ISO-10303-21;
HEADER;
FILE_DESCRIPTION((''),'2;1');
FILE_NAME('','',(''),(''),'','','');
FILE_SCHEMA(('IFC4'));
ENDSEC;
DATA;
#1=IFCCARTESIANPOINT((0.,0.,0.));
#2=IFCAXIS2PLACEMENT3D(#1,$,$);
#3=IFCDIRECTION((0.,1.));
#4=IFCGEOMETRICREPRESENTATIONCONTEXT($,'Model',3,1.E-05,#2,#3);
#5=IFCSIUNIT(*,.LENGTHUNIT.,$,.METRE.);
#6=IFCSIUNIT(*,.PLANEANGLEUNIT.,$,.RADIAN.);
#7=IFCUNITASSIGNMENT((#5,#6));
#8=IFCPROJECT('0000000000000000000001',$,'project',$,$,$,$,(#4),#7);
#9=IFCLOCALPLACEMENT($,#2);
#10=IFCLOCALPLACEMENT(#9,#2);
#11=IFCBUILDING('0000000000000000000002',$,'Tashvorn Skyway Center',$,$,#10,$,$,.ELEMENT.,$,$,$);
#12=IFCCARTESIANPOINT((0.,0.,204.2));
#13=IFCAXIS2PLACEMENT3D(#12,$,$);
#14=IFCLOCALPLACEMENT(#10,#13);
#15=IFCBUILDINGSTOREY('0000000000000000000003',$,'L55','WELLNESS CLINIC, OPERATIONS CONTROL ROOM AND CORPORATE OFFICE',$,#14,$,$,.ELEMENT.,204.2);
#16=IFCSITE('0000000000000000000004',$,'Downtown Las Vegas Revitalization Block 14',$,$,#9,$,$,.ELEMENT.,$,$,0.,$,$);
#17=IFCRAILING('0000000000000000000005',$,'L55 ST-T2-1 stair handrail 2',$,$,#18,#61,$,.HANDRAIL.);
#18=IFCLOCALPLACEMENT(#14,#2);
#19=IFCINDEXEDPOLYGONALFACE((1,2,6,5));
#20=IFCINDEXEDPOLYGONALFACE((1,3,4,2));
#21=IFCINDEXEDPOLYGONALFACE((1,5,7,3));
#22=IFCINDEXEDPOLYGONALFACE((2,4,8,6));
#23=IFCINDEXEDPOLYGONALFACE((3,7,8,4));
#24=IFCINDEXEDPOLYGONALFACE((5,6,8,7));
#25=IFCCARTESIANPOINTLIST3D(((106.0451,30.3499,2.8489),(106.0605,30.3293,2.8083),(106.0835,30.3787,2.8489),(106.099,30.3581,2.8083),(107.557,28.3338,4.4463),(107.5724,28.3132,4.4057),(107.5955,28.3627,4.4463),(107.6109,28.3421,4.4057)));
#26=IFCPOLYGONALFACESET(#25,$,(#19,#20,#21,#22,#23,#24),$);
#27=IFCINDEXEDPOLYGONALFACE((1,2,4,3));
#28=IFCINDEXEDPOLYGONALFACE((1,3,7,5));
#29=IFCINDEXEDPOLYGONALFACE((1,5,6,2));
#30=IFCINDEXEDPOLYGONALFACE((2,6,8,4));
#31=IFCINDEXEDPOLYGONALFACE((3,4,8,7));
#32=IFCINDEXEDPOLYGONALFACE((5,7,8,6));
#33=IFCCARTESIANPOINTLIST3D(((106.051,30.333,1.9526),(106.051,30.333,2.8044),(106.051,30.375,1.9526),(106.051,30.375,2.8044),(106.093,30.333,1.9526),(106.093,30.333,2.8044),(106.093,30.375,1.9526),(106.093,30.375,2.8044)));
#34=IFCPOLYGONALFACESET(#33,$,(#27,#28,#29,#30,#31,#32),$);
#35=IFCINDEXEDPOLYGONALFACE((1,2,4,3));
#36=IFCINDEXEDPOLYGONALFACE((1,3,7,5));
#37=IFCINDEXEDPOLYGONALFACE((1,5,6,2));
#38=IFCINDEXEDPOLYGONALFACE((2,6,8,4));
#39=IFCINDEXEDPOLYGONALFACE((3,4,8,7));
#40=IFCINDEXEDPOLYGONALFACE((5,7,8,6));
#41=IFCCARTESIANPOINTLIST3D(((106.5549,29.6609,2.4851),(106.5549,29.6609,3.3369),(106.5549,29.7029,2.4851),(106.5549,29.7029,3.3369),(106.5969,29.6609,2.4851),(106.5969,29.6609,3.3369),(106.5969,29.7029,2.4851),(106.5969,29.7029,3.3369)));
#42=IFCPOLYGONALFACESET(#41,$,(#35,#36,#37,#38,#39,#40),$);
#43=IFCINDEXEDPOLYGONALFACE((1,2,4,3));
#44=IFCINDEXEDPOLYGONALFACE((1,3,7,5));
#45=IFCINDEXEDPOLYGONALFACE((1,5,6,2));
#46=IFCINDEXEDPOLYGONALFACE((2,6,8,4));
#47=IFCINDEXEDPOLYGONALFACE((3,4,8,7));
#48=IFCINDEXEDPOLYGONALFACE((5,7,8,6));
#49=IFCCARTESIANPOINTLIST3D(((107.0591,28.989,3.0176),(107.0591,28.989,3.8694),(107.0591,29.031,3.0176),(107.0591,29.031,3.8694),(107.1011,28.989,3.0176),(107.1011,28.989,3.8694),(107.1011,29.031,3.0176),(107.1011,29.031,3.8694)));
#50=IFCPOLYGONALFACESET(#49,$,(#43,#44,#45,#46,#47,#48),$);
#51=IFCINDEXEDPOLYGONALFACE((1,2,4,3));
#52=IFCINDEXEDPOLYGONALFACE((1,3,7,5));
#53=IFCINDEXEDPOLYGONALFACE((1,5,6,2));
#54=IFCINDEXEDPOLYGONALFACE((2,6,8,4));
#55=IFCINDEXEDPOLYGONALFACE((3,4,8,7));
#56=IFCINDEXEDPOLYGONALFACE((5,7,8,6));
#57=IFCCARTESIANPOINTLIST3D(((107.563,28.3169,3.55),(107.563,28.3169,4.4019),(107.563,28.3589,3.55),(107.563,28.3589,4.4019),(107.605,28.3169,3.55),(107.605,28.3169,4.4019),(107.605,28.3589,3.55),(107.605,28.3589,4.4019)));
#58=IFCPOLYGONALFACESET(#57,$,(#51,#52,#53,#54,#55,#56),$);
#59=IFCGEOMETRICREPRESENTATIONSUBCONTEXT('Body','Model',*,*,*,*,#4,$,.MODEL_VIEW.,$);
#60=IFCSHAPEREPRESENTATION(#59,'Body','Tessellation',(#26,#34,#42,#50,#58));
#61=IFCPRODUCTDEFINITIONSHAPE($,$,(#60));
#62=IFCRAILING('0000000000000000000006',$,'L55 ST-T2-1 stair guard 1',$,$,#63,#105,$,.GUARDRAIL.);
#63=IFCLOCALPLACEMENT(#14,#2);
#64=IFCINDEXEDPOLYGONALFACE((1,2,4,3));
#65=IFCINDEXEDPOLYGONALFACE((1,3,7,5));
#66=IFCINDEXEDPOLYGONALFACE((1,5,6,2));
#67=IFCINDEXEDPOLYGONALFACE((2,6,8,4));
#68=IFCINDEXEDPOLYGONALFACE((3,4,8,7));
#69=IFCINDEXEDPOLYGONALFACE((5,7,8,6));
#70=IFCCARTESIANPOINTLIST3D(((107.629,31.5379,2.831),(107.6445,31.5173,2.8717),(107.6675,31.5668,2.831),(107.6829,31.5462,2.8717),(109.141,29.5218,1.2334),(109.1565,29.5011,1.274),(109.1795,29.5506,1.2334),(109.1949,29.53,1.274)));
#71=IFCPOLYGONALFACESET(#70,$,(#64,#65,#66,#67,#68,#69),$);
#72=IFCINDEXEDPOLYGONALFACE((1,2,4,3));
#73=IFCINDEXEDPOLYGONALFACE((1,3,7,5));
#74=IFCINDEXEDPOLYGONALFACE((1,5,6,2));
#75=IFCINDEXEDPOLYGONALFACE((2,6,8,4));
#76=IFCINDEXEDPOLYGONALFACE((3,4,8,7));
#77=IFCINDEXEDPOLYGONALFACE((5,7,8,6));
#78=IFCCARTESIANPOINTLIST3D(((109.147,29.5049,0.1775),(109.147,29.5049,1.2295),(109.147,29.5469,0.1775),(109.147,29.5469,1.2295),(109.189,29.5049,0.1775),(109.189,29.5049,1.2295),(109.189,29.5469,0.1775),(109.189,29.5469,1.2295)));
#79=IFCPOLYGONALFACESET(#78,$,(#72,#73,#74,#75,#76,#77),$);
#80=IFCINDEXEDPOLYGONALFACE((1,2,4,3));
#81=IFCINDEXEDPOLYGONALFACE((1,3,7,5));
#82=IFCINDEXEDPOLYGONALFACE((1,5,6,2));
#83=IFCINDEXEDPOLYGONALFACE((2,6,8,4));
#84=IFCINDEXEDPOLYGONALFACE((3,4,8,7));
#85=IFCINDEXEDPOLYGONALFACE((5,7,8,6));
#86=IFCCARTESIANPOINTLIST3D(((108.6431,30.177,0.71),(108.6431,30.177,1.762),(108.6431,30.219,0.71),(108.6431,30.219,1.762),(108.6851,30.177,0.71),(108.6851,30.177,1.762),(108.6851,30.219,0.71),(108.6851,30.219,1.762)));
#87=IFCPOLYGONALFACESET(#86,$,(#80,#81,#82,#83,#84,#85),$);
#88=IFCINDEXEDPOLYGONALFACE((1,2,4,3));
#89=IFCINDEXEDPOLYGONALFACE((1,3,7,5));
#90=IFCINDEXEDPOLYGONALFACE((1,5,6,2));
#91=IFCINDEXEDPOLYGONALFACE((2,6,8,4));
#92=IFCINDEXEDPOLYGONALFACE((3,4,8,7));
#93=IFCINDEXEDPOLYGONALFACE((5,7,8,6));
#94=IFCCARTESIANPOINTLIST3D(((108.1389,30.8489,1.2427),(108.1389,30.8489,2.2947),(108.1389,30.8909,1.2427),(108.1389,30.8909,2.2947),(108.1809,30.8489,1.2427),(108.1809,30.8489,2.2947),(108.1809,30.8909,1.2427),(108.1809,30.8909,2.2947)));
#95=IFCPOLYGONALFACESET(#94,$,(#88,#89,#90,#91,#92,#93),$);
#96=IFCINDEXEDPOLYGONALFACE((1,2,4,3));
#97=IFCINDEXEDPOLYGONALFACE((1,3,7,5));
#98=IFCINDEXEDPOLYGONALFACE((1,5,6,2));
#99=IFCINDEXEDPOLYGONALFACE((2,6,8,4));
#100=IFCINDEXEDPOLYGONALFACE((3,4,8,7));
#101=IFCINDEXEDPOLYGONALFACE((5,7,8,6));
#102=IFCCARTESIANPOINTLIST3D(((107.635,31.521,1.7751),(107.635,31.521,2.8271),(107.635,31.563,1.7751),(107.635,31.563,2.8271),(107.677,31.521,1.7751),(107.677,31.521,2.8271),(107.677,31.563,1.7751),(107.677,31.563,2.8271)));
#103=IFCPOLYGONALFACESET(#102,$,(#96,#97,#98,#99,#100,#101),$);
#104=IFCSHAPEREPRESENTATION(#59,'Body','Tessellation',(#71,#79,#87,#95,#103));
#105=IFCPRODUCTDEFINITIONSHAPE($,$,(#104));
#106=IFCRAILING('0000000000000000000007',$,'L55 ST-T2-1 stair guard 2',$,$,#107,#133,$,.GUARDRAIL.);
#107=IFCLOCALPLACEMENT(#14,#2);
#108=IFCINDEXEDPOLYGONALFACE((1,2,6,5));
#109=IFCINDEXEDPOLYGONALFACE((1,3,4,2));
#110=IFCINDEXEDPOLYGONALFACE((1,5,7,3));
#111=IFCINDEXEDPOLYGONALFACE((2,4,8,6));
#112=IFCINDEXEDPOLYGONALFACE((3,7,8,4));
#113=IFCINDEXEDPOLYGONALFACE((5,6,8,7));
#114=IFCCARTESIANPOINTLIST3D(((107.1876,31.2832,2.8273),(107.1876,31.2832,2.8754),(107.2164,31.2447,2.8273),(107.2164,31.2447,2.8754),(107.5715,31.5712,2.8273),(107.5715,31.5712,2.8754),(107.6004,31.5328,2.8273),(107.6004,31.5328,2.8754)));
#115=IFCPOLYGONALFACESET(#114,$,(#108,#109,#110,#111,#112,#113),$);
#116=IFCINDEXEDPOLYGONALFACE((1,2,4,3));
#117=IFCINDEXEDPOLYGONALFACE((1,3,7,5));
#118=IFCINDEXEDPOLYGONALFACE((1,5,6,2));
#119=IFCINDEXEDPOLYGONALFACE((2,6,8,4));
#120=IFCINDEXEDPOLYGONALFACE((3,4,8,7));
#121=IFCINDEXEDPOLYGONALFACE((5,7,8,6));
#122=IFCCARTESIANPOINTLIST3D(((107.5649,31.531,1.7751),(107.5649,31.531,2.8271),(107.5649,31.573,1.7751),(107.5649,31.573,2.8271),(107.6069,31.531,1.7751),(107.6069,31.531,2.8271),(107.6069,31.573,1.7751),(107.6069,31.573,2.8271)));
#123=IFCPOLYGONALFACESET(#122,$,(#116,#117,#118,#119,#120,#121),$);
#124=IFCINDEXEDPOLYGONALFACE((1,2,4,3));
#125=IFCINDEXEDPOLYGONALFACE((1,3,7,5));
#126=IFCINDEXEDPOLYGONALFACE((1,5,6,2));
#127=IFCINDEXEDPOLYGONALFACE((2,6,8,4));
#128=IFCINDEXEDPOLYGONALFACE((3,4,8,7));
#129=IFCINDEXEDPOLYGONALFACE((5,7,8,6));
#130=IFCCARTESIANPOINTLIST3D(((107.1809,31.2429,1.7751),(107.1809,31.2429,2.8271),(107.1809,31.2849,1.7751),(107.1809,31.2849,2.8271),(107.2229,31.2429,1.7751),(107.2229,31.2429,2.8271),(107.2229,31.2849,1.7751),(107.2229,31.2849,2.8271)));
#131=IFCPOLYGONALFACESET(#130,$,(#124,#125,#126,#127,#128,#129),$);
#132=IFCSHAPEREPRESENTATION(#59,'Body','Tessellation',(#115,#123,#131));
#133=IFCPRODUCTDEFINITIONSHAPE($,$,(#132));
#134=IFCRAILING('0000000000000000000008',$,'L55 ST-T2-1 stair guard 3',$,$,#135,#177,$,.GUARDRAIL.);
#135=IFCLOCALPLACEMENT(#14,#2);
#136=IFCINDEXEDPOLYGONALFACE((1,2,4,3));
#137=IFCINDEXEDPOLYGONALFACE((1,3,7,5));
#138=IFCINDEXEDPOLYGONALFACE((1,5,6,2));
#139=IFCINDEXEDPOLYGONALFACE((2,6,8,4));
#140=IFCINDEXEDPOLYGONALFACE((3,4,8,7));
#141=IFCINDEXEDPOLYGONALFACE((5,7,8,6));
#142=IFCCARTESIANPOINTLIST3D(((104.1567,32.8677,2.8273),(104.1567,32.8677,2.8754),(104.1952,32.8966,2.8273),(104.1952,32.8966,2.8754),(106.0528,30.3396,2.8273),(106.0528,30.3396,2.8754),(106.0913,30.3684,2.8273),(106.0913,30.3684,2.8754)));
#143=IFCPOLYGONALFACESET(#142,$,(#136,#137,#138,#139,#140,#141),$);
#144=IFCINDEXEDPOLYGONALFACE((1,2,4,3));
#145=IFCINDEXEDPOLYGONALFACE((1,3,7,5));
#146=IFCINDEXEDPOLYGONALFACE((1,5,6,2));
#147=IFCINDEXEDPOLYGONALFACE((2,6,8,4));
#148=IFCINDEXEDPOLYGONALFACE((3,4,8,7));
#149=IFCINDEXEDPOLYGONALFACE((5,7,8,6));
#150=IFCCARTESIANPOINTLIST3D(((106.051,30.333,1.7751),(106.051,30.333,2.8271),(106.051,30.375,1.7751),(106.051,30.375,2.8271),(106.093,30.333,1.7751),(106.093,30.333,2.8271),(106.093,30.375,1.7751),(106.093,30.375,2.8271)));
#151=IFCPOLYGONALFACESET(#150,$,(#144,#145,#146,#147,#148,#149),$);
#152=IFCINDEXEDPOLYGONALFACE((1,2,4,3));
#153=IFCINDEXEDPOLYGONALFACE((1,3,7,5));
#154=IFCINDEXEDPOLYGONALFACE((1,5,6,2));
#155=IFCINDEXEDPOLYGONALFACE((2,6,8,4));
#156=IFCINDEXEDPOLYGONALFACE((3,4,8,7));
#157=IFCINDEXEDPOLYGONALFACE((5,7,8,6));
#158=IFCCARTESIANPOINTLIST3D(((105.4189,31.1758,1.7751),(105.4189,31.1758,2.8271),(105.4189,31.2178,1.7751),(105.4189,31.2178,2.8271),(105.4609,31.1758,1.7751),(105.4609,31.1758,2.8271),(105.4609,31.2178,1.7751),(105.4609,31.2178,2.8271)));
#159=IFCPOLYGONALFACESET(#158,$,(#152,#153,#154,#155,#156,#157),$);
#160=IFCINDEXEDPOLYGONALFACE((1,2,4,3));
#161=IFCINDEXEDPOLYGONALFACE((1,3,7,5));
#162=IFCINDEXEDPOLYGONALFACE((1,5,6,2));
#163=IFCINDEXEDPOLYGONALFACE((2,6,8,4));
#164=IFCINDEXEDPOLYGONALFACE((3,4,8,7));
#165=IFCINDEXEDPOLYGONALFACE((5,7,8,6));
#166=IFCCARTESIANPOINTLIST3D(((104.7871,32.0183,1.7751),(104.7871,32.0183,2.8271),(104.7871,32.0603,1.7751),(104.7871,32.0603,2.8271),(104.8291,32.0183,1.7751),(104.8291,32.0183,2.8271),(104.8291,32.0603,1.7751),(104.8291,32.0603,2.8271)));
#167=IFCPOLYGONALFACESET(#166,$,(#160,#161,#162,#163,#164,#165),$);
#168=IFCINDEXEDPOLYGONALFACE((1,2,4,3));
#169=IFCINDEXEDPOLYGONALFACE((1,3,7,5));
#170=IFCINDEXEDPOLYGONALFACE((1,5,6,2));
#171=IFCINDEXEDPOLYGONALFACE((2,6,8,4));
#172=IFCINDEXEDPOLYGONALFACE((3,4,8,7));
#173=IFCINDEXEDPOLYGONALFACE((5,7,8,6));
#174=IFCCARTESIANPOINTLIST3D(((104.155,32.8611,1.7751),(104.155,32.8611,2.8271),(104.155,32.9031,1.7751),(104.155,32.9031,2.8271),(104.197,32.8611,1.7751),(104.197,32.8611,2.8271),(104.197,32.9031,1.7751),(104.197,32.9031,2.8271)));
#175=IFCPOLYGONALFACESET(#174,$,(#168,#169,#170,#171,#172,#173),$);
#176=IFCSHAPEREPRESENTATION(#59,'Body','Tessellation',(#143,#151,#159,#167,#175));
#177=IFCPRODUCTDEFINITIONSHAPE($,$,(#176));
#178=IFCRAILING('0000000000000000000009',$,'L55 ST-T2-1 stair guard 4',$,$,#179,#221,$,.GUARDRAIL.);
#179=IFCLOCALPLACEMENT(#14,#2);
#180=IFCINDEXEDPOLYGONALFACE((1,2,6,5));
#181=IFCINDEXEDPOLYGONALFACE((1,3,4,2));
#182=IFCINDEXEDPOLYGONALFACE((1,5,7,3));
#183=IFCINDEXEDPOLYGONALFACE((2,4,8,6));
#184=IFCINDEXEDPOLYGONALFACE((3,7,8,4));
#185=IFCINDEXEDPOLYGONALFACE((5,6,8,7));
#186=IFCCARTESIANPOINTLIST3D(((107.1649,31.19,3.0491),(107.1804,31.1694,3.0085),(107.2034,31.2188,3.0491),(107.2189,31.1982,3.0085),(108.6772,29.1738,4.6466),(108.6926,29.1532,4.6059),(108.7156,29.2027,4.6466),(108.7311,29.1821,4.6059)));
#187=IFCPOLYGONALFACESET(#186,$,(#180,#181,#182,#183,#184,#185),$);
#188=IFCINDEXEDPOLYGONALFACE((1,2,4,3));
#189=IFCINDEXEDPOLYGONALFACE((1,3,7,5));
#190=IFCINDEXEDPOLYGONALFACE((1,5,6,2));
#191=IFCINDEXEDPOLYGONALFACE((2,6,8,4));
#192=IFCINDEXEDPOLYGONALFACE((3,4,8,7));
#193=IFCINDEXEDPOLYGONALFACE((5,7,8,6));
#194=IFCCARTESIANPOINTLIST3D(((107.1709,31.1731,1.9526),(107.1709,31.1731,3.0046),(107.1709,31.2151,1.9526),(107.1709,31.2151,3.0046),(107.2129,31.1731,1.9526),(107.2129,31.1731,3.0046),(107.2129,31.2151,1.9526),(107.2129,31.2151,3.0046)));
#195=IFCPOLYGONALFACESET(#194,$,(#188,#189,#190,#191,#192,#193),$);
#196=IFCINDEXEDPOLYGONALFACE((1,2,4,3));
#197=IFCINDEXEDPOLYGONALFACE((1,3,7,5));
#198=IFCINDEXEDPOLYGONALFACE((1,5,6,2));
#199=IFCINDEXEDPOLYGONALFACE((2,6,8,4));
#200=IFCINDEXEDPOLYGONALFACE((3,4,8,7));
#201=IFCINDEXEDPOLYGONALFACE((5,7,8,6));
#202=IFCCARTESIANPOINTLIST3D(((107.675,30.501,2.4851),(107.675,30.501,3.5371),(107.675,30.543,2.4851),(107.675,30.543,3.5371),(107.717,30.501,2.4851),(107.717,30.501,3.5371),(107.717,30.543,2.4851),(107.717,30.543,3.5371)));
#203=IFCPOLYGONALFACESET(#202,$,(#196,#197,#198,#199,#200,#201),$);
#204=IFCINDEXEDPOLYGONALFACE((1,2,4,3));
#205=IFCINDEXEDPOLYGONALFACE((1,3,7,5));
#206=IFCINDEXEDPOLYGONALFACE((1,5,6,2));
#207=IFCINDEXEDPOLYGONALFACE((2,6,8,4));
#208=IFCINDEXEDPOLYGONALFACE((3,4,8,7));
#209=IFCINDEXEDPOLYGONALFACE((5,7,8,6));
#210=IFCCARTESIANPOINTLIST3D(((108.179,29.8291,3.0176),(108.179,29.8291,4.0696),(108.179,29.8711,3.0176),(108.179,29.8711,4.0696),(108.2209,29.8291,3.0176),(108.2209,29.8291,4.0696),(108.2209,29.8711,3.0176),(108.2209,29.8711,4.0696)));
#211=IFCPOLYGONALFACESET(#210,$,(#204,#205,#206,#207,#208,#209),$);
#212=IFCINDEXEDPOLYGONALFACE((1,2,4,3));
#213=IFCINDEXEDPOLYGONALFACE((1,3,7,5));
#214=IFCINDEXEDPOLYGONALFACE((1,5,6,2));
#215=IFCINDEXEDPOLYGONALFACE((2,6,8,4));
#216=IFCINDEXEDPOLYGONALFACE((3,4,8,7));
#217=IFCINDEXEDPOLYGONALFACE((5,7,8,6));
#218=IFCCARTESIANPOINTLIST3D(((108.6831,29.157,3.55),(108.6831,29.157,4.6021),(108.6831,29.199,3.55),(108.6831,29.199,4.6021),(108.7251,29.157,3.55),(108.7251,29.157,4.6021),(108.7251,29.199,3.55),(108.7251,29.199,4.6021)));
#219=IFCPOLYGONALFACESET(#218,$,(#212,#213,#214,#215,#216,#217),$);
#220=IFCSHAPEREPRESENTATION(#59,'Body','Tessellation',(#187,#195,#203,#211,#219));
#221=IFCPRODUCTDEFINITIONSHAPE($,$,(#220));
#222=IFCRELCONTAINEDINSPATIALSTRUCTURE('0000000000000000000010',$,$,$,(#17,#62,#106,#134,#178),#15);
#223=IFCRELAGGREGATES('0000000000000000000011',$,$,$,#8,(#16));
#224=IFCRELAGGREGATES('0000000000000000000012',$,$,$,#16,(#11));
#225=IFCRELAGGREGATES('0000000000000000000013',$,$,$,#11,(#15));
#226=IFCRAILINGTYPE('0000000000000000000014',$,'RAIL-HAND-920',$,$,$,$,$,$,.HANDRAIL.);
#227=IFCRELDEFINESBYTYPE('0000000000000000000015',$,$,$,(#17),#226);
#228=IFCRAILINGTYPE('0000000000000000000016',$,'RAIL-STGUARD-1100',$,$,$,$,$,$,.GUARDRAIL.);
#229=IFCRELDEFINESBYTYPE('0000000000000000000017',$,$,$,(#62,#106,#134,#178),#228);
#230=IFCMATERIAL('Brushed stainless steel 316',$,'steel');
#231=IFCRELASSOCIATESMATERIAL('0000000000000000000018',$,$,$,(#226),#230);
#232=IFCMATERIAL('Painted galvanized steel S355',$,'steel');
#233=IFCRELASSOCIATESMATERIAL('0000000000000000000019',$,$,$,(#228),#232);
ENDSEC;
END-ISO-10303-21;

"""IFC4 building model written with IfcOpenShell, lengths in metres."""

from ifc_helpers import new_model, si_unit, direction, frame, origin, origin_2d, place, context, subcontext, project, spatial, rectangle, extrude, material, type_object, element, save


model = new_model("IFC4")

# Units and contexts
model_context = context("Model", 3, precision=1e-05, world=origin(), true_north=direction((0.0, 1.0)))
body_context = subcontext(model_context, "Body", "Model", "MODEL_VIEW")
ifc_project = project(units=[si_unit("LENGTHUNIT", "METRE"), si_unit("PLANEANGLEUNIT", "RADIAN")], contexts=[model_context])

# Site, building, storey
site_placement = place(None, origin())
site = spatial("IfcSite", under=ifc_project, at=site_placement, Name="Downtown Las Vegas Revitalization Block 14", CompositionType="ELEMENT", RefElevation=0.0)
building_placement = place(site_placement, origin())
building = spatial("IfcBuilding", under=site, at=building_placement, Name="Tashvorn Skyway Center", CompositionType="ELEMENT")
storey_placement = place(building_placement, frame((0.0, 0.0, 204.2)))
storey = spatial("IfcBuildingStorey", under=building, at=storey_placement, Name="L55", Description="WELLNESS CLINIC, OPERATIONS CONTROL ROOM AND CORPORATE OFFICE", CompositionType="ELEMENT", Elevation=204.2)

# Railings
ifc_material_1 = material(Name="Brushed stainless steel 316", Category="steel")
railing_type_1 = type_object("IfcRailingType", Name="RAIL-HAND-920", PredefinedType="HANDRAIL", material=ifc_material_1)
railing_1_placement = place(storey_placement, frame((106.072, 30.354, 1.9526)))
element("IfcRailing", 1, at=railing_1_placement, inside=storey, type_object=railing_type_1, Name="L55 ST-T2-1 stair handrail 2", PredefinedType="HANDRAIL", context=body_context, shape_type="SweptSolid", body=[
    extrude(rectangle(XDim=0.0481, YDim=0.0481, at=origin_2d()), frame((0.0, 0.0, 0.876), z_axis=(0.506741, -0.675709, 0.535379), x_axis=(0.800023, 0.599969, 0.0)), (0.0, 0.0, 1.0), 2.9836),
    extrude(rectangle(XDim=0.042, YDim=0.042, at=origin_2d()), origin(), (0.0, 0.0, 1.0), 0.8518),
    extrude(rectangle(XDim=0.042, YDim=0.042, at=origin_2d()), frame((0.5039, -0.6721, 0.5325)), (0.0, 0.0, 1.0), 0.8518),
    extrude(rectangle(XDim=0.042, YDim=0.042, at=origin_2d()), frame((1.0081, -1.344, 1.0649)), (0.0, 0.0, 1.0), 0.8518),
    extrude(rectangle(XDim=0.042, YDim=0.042, at=origin_2d()), frame((1.512, -2.0161, 1.5974)), (0.0, 0.0, 1.0), 0.8518),
])
ifc_material_2 = material(Name="Painted galvanized steel S355", Category="steel")
railing_type_2 = type_object("IfcRailingType", Name="RAIL-STGUARD-1100", PredefinedType="GUARDRAIL", material=ifc_material_2)
railing_2_placement = place(storey_placement, frame((109.168, 29.5259, 0.1775)))
element("IfcRailing", 2, at=railing_2_placement, inside=storey, type_object=railing_type_2, Name="L55 ST-T2-1 stair guard 1", PredefinedType="GUARDRAIL", context=body_context, shape_type="SweptSolid", body=[
    extrude(rectangle(XDim=0.0481, YDim=0.0481, at=origin_2d()), frame((0.0, 0.0, 1.0762), z_axis=(-0.506719, 0.675679, 0.535438), x_axis=(-0.800023, -0.599969, 0.0)), (0.0, 0.0, 1.0), 2.9839),
    extrude(rectangle(XDim=0.042, YDim=0.042, at=origin_2d()), origin(), (0.0, 0.0, 1.0), 1.052),
    extrude(rectangle(XDim=0.042, YDim=0.042, at=origin_2d()), frame((-0.5039, 0.6721, 0.5325)), (0.0, 0.0, 1.0), 1.052),
    extrude(rectangle(XDim=0.042, YDim=0.042, at=origin_2d()), frame((-1.0081, 1.344, 1.0652)), (0.0, 0.0, 1.0), 1.052),
    extrude(rectangle(XDim=0.042, YDim=0.042, at=origin_2d()), frame((-1.512, 2.0161, 1.5977)), (0.0, 0.0, 1.0), 1.052),
])
railing_3_placement = place(storey_placement, frame((107.5859, 31.552, 1.7751)))
element("IfcRailing", 3, at=railing_3_placement, inside=storey, type_object=railing_type_2, Name="L55 ST-T2-1 stair guard 2", PredefinedType="GUARDRAIL", context=body_context, shape_type="SweptSolid", body=[
    extrude(rectangle(XDim=0.0481, YDim=0.0481, at=origin_2d()), frame((0.0, 0.0, 1.0762), z_axis=(-0.799939, -0.600081, 0.0), x_axis=(0.600081, -0.799939, 0.0)), (0.0, 0.0, 1.0), 0.48),
    extrude(rectangle(XDim=0.042, YDim=0.042, at=origin_2d()), origin(), (0.0, 0.0, 1.0), 1.052),
    extrude(rectangle(XDim=0.042, YDim=0.042, at=origin_2d()), frame((-0.384, -0.2881, 0.0)), (0.0, 0.0, 1.0), 1.052),
])
railing_4_placement = place(storey_placement, frame((106.072, 30.354, 1.7751)))
element("IfcRailing", 4, at=railing_4_placement, inside=storey, type_object=railing_type_2, Name="L55 ST-T2-1 stair guard 3", PredefinedType="GUARDRAIL", context=body_context, shape_type="SweptSolid", body=[
    extrude(rectangle(XDim=0.0481, YDim=0.0481, at=origin_2d()), frame((0.0, 0.0, 1.0762), z_axis=(-0.599988, 0.800009, 0.0), x_axis=(-0.800009, -0.599988, 0.0)), (0.0, 0.0, 1.0), 3.1602),
    extrude(rectangle(XDim=0.042, YDim=0.042, at=origin_2d()), origin(), (0.0, 0.0, 1.0), 1.052),
    extrude(rectangle(XDim=0.042, YDim=0.042, at=origin_2d()), frame((-0.6321, 0.8428, 0.0)), (0.0, 0.0, 1.0), 1.052),
    extrude(rectangle(XDim=0.042, YDim=0.042, at=origin_2d()), frame((-1.2639, 1.6853, 0.0)), (0.0, 0.0, 1.0), 1.052),
    extrude(rectangle(XDim=0.042, YDim=0.042, at=origin_2d()), frame((-1.896, 2.5281, 0.0)), (0.0, 0.0, 1.0), 1.052),
])
railing_5_placement = place(storey_placement, frame((107.1919, 31.1941, 1.9526)))
element("IfcRailing", 5, at=railing_5_placement, inside=storey, type_object=railing_type_2, Name="L55 ST-T2-1 stair guard 4", PredefinedType="GUARDRAIL", context=body_context, shape_type="SweptSolid", body=[
    extrude(rectangle(XDim=0.0481, YDim=0.0481, at=origin_2d()), frame((0.0, 0.0, 1.0762), z_axis=(0.506802, -0.675681, 0.535357), x_axis=(0.799977, 0.600031, 0.0)), (0.0, 0.0, 1.0), 2.9839),
    extrude(rectangle(XDim=0.042, YDim=0.042, at=origin_2d()), origin(), (0.0, 0.0, 1.0), 1.052),
    extrude(rectangle(XDim=0.042, YDim=0.042, at=origin_2d()), frame((0.5042, -0.6721, 0.5325)), (0.0, 0.0, 1.0), 1.052),
    extrude(rectangle(XDim=0.042, YDim=0.042, at=origin_2d()), frame((1.0081, -1.344, 1.0649)), (0.0, 0.0, 1.0), 1.052),
    extrude(rectangle(XDim=0.042, YDim=0.042, at=origin_2d()), frame((1.5122, -2.0161, 1.5974)), (0.0, 0.0, 1.0), 1.052),
])

save(model, "model.ifc")
